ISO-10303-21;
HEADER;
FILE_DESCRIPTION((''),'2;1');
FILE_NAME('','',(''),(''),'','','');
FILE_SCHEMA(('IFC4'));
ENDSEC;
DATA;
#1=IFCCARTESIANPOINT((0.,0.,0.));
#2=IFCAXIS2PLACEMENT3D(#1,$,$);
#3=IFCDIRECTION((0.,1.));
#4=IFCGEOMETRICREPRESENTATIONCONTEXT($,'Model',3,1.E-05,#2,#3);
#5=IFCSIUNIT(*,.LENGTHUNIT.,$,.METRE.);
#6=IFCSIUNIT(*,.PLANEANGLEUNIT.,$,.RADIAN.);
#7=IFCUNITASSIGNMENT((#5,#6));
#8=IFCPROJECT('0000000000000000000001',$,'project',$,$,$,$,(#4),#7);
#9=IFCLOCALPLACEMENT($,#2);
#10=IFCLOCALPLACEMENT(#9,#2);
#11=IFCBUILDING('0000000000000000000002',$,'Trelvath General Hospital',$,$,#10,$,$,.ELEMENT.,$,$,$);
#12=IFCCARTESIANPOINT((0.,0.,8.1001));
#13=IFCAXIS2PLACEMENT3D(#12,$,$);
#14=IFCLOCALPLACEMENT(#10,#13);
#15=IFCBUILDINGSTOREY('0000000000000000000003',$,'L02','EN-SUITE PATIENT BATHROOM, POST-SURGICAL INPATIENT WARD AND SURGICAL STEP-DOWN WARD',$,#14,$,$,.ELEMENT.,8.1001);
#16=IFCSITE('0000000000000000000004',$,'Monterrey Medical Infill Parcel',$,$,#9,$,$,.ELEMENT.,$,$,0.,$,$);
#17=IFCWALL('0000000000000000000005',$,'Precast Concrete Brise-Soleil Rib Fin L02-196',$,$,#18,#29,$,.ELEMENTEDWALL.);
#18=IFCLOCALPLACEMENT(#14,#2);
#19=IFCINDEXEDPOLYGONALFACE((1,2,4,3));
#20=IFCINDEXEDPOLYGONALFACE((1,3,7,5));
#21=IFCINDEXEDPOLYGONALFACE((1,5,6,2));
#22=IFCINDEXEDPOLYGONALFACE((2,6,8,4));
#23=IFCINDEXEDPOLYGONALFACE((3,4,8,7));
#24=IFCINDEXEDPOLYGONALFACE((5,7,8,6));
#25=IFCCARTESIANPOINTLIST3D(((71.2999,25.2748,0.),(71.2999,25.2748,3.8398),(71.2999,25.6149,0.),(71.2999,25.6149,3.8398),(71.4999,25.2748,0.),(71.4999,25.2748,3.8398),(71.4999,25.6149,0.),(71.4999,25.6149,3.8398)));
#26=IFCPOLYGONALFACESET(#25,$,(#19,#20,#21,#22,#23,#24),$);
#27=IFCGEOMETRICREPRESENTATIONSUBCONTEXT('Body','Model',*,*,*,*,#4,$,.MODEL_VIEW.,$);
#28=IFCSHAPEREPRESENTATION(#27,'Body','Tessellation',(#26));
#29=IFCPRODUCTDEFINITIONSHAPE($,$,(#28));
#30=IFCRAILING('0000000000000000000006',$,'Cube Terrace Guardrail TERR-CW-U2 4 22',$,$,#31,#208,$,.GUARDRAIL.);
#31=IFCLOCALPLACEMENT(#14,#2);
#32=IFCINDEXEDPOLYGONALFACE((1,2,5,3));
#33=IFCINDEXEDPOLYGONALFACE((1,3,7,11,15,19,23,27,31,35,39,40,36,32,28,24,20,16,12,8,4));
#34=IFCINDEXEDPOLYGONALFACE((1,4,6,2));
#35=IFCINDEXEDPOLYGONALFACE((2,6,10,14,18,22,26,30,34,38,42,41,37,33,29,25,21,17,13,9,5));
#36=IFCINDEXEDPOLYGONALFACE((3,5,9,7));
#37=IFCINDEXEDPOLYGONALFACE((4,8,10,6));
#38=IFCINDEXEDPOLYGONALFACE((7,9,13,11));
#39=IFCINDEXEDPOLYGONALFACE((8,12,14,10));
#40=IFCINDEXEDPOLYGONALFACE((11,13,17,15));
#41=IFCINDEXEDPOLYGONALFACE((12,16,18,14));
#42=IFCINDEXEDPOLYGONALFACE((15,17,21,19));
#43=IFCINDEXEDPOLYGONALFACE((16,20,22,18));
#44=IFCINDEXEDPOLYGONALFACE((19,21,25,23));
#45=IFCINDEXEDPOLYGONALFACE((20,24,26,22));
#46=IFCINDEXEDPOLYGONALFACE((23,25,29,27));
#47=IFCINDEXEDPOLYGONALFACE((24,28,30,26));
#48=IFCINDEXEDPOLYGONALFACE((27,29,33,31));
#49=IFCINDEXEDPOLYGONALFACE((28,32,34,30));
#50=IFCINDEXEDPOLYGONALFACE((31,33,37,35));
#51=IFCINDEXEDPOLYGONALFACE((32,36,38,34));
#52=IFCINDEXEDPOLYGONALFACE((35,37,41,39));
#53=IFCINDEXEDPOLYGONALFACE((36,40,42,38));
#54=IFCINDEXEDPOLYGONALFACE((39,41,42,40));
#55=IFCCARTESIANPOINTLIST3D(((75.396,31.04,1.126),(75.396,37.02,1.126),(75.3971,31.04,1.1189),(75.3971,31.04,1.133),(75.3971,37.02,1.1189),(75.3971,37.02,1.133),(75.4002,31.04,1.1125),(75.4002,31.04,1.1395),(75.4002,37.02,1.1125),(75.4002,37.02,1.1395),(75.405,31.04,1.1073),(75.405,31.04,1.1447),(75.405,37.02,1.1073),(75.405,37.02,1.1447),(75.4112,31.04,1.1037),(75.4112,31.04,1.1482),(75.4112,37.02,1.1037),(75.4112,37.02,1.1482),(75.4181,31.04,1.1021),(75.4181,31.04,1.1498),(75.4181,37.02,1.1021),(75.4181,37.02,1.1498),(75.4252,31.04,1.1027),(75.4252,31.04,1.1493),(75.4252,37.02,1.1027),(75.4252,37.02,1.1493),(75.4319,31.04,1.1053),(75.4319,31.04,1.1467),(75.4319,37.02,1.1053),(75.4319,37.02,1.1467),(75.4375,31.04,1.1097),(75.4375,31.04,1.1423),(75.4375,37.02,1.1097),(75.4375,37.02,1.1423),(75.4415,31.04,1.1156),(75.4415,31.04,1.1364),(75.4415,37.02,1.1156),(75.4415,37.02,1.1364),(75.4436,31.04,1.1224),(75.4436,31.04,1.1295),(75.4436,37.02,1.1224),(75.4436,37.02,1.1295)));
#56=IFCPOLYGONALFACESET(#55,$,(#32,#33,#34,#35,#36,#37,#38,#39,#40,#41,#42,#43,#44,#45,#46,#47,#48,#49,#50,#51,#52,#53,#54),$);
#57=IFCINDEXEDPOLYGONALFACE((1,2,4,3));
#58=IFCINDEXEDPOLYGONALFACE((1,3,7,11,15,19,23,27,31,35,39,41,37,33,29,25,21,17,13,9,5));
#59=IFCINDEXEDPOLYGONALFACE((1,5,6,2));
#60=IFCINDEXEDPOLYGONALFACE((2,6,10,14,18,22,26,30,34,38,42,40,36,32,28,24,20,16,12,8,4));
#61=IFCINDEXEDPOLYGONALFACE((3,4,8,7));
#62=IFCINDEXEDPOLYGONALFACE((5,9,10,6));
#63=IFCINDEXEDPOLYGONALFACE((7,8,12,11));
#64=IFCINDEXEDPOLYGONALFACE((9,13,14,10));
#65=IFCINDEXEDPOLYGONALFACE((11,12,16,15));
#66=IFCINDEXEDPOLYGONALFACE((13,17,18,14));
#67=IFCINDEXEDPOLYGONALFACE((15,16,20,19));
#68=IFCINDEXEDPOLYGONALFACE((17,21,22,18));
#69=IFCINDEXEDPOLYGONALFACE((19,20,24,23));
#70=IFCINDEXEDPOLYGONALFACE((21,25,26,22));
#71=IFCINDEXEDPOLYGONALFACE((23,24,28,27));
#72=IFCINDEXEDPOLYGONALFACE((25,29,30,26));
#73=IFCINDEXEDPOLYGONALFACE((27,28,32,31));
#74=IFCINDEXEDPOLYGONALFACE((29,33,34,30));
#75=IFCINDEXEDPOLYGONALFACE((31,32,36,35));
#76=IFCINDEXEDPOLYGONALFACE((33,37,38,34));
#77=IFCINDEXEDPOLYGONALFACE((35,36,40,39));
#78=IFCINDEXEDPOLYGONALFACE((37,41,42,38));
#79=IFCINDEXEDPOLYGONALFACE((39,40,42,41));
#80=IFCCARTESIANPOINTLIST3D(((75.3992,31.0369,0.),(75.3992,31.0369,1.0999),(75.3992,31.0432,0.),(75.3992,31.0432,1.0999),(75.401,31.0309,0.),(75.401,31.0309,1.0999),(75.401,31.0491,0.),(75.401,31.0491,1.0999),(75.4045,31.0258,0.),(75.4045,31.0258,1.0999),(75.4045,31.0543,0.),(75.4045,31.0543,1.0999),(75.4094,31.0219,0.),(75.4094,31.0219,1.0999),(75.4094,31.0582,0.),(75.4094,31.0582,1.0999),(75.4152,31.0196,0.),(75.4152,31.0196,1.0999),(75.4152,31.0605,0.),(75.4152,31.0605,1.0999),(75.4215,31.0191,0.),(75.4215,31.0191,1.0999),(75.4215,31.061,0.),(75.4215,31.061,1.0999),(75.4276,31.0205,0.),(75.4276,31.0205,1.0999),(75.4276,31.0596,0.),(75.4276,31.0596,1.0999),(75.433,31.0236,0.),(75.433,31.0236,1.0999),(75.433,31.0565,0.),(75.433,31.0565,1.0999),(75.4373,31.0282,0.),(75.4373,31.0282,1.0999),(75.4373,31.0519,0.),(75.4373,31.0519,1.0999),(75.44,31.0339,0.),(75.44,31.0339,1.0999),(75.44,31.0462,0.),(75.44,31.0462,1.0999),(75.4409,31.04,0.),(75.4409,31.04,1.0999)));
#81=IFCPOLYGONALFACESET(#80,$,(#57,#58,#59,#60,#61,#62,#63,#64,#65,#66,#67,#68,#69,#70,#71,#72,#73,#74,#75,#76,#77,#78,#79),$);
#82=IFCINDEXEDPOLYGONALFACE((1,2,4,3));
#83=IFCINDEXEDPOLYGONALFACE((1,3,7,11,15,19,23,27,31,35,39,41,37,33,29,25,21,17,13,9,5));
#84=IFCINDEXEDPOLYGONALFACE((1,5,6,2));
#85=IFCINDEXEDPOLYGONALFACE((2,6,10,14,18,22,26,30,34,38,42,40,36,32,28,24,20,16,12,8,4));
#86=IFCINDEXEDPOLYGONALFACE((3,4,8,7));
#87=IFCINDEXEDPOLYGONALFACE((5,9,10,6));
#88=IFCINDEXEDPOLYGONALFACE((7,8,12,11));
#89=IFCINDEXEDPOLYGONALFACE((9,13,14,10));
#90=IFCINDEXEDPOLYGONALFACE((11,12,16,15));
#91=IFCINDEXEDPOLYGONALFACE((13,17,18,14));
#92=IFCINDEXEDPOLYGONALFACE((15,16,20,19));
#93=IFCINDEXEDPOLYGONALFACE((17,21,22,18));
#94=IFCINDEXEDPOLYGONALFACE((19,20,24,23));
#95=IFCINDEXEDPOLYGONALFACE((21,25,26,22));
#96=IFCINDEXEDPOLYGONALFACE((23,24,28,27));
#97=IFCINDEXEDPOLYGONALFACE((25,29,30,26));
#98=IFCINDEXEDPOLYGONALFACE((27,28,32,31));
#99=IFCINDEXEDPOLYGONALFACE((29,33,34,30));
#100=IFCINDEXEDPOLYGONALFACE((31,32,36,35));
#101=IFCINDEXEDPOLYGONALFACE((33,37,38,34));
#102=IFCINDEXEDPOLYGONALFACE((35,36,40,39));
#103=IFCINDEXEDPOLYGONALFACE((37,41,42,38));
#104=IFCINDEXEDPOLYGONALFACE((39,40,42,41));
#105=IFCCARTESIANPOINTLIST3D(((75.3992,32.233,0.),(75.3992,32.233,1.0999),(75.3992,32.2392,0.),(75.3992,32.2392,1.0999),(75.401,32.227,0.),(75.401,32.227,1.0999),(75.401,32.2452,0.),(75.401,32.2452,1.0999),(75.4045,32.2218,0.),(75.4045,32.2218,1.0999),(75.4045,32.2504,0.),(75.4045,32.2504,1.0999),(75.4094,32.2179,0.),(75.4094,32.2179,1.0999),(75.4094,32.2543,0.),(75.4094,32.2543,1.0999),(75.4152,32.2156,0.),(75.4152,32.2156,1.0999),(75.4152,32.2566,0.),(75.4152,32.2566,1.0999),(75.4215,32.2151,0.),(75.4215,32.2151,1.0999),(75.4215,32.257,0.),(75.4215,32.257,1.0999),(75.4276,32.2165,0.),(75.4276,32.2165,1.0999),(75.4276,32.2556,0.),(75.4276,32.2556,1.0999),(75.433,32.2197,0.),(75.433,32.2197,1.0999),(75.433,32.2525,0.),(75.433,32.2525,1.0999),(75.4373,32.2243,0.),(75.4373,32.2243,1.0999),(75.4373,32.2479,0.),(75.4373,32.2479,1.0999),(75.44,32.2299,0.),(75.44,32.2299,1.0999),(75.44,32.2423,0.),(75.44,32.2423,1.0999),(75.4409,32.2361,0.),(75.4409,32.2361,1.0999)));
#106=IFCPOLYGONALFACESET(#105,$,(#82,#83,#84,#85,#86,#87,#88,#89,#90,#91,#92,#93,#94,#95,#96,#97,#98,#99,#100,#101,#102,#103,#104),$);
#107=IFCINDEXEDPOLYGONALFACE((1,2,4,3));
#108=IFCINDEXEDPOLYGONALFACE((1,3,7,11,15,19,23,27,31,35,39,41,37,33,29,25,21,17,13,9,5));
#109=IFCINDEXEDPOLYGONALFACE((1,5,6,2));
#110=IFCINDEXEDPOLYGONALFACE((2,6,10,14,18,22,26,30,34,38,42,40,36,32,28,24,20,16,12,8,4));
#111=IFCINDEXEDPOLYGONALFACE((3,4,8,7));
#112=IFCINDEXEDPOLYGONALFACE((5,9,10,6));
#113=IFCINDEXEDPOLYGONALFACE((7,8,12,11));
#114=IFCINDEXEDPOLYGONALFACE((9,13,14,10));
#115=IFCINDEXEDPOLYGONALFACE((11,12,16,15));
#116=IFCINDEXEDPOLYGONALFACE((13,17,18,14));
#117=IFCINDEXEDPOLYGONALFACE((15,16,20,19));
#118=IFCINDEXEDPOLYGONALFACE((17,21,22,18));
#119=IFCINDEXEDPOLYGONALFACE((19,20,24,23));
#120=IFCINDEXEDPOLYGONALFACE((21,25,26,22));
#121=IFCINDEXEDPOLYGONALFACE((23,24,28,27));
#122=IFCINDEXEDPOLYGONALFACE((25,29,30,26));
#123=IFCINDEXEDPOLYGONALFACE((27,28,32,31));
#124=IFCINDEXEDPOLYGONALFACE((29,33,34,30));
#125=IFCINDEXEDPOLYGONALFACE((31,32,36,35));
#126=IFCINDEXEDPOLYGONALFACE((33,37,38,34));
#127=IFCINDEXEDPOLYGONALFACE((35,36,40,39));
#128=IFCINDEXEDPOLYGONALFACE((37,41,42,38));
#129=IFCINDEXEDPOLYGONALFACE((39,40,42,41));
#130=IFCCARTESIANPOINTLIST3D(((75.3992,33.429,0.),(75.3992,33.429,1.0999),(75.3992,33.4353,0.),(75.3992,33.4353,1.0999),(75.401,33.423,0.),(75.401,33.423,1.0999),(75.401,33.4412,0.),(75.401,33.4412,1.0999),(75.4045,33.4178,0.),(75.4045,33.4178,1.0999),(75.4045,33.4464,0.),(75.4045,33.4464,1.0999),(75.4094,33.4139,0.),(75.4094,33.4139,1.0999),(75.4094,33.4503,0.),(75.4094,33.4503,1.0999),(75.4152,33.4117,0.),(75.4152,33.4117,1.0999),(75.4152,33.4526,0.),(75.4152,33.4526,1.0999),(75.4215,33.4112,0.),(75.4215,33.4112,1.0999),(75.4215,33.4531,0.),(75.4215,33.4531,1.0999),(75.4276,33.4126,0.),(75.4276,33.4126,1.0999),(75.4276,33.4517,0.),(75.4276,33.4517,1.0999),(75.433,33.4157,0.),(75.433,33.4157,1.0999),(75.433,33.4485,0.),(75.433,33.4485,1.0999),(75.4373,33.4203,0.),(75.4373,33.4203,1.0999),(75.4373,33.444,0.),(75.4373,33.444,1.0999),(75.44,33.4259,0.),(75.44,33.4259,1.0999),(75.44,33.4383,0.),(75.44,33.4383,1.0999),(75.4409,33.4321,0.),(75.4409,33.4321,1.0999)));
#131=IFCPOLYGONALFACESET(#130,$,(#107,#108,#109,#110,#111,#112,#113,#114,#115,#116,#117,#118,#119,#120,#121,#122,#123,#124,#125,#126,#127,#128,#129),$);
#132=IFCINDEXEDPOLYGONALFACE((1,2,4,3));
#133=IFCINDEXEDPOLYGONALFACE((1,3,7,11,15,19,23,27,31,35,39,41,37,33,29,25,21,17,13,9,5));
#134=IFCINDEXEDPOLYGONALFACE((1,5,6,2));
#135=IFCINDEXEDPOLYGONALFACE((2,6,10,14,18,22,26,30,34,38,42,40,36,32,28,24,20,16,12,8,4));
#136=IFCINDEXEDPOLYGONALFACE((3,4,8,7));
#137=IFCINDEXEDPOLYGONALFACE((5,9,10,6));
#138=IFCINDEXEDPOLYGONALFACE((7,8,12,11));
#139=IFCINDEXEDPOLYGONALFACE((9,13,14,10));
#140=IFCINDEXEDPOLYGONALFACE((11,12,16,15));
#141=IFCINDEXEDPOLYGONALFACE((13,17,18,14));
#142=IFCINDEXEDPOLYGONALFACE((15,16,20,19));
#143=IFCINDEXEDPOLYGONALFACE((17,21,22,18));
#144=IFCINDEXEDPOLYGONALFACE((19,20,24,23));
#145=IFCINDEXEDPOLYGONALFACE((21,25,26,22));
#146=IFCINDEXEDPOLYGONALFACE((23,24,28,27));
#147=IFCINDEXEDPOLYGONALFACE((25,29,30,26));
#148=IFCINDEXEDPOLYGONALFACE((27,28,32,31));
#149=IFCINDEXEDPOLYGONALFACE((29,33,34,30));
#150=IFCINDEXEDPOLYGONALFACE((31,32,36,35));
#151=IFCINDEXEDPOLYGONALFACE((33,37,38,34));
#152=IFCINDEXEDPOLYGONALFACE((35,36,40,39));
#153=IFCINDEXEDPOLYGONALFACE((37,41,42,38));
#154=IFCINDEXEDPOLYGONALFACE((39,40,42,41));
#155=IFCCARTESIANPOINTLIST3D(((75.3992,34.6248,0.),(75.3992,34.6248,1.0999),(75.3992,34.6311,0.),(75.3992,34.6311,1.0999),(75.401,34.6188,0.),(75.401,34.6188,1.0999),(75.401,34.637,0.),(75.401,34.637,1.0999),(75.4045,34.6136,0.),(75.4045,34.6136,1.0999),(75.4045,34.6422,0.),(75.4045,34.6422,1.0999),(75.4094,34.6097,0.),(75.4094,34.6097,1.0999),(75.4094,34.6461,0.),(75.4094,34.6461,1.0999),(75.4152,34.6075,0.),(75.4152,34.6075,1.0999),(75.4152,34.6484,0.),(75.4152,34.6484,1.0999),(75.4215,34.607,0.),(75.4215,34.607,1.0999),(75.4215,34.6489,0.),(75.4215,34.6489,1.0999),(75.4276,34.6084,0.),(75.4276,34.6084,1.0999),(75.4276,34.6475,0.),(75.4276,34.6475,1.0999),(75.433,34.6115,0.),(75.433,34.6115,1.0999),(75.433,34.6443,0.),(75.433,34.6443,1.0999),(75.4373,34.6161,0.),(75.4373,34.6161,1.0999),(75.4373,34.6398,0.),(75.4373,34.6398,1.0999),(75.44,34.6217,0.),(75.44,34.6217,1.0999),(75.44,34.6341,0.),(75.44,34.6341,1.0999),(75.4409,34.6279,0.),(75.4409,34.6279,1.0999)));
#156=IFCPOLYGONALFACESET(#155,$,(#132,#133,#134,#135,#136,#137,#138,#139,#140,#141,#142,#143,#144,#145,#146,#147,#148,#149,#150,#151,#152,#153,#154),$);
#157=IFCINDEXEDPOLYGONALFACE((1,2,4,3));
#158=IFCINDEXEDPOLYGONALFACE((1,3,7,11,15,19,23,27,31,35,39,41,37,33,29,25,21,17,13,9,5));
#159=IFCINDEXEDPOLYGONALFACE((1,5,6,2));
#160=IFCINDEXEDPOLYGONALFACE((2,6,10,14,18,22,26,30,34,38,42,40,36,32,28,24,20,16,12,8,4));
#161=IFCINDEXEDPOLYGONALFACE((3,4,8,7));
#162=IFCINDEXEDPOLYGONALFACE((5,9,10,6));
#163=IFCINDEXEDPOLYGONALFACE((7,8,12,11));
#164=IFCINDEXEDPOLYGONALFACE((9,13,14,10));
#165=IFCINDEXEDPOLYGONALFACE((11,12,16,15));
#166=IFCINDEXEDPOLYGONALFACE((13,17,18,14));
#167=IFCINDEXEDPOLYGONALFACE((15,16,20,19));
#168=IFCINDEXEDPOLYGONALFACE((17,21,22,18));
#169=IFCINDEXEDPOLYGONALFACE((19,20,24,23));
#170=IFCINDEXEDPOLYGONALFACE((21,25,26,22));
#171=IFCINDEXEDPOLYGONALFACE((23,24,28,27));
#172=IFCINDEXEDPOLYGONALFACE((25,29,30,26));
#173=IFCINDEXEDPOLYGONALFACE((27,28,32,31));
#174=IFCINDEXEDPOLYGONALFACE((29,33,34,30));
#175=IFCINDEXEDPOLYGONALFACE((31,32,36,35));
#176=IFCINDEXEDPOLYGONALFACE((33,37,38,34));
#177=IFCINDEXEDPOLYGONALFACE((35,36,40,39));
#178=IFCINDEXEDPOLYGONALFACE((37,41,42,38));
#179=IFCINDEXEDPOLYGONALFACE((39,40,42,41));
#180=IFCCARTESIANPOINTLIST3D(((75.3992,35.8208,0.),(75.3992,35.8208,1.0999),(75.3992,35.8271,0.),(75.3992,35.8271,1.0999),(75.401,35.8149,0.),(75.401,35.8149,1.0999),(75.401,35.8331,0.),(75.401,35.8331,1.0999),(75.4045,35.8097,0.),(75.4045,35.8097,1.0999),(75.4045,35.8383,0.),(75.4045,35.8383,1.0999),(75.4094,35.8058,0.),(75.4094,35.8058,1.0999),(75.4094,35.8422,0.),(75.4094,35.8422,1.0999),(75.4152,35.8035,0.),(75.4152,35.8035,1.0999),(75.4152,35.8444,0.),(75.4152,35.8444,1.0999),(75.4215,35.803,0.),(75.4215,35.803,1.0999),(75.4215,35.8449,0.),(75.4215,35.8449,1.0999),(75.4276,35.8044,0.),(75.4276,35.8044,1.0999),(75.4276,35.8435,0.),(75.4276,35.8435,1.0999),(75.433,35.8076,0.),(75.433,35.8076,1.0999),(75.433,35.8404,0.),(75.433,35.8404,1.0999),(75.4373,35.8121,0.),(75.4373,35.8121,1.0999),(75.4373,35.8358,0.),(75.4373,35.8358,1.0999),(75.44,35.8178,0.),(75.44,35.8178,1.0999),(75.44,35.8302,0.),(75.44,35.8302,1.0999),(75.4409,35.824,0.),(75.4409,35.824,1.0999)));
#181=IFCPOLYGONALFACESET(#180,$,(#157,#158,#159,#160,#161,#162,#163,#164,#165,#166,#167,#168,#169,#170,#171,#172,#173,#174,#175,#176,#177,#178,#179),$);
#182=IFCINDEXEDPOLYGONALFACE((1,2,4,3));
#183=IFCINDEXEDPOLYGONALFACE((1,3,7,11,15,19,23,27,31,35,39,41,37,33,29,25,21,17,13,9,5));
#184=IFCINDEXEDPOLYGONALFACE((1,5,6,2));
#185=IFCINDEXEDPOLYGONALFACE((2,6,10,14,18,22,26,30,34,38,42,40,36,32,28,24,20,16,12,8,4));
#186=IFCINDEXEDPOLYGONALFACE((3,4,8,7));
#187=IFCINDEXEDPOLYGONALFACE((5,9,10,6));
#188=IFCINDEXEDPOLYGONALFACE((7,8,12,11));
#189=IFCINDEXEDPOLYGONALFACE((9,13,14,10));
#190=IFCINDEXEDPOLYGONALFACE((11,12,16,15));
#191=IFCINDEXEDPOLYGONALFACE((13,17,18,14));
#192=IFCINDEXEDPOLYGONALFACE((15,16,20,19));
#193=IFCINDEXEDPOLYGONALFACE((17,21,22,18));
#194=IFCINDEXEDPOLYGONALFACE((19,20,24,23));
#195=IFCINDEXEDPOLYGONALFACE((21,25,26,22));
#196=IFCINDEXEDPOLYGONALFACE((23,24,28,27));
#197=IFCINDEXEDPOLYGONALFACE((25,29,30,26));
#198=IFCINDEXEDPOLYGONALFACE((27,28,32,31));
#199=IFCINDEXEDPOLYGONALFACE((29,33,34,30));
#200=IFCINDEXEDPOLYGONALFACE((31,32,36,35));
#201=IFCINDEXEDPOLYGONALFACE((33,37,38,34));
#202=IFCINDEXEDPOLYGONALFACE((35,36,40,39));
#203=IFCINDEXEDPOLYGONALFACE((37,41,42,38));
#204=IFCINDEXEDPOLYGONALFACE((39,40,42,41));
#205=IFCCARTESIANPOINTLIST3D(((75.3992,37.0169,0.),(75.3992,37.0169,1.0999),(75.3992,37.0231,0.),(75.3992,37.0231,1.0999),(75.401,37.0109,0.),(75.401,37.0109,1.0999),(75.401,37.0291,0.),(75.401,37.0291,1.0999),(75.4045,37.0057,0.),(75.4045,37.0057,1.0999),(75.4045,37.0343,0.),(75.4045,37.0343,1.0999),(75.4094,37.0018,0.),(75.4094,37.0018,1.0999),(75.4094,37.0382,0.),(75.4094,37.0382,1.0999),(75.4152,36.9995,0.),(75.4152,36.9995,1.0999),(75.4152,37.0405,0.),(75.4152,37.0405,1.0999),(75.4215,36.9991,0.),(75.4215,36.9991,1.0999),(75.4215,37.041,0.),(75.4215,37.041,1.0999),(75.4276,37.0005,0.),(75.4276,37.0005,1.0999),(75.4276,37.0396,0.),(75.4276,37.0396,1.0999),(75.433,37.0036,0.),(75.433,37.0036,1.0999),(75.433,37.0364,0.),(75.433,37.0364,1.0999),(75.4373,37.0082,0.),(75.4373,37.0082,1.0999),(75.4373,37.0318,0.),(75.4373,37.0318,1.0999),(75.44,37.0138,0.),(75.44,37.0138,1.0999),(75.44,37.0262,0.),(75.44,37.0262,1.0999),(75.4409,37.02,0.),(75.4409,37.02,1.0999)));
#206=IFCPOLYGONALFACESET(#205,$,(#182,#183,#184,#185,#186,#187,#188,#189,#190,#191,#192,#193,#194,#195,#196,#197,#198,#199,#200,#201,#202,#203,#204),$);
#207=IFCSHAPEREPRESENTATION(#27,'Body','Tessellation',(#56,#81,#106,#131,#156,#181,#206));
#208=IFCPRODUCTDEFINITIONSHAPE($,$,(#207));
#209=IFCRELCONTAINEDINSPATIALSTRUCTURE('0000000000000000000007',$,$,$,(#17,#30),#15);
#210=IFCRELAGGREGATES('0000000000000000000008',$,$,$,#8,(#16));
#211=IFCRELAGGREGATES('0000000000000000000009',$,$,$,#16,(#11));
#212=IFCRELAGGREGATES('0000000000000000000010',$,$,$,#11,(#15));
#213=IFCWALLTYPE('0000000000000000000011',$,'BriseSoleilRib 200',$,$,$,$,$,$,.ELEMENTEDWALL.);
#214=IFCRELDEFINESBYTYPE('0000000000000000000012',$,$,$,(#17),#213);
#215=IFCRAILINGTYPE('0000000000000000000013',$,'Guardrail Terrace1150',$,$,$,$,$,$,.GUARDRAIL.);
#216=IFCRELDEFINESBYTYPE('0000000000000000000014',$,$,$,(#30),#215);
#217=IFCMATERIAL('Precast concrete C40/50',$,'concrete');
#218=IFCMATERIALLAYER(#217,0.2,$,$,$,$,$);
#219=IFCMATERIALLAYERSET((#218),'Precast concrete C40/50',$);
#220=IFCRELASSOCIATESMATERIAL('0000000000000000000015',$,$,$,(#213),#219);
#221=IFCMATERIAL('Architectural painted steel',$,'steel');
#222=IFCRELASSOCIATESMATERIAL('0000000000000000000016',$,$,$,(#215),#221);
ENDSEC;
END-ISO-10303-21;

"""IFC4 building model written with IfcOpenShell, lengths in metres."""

from ifc_helpers import new_model, si_unit, direction, frame, frame_2d, origin, origin_2d, place, context, subcontext, project, spatial, rectangle, circle, extrude, material, layer, layer_set, type_object, element, save


model = new_model("IFC4")

# Units and contexts
model_context = context("Model", 3, precision=1e-05, world=origin(), true_north=direction((0.0, 1.0)))
body_context = subcontext(model_context, "Body", "Model", "MODEL_VIEW")
ifc_project = project(units=[si_unit("LENGTHUNIT", "METRE"), si_unit("PLANEANGLEUNIT", "RADIAN")], contexts=[model_context])

# Site, building, storey
site_placement = place(None, origin())
site = spatial("IfcSite", under=ifc_project, at=site_placement, Name="Monterrey Medical Infill Parcel", CompositionType="ELEMENT", RefElevation=0.0)
building_placement = place(site_placement, origin())
building = spatial("IfcBuilding", under=site, at=building_placement, Name="Trelvath General Hospital", CompositionType="ELEMENT")
storey_placement = place(building_placement, frame((0.0, 0.0, 8.1001)))
storey = spatial("IfcBuildingStorey", under=building, at=storey_placement, Name="L02", Description="EN-SUITE PATIENT BATHROOM, POST-SURGICAL INPATIENT WARD AND SURGICAL STEP-DOWN WARD", CompositionType="ELEMENT", Elevation=8.1001)

# Wall
ifc_material_1 = material(Name="Precast concrete C40/50", Category="concrete")
ifc_layer_1 = layer(ifc_material_1, 0.2)
ifc_layer_set_1 = layer_set([ifc_layer_1], Name="Precast concrete C40/50")
wall_type = type_object("IfcWallType", Name="BriseSoleilRib 200", PredefinedType="ELEMENTEDWALL", material=ifc_layer_set_1)
for number, where, z_axis, x_axis, name in (
    (1, (71.3999, 25.2749, 0.0), (0.0, 0.0, 1.0), (0.0, 1.0, 0.0), "Precast Concrete Brise-Soleil Rib Fin L02-196"),
):
    element("IfcWall", number, at=place(storey_placement, frame(where, z_axis=z_axis, x_axis=x_axis)), inside=storey, type_object=wall_type, Name=name, PredefinedType="ELEMENTEDWALL", context=body_context, shape_type="SweptSolid", body=[
        extrude(rectangle(XDim=0.3401, YDim=0.2, at=frame_2d((0.1699, 0.0))), origin(), (0.0, 0.0, 1.0), 3.8398),
    ])

# Railing
ifc_material_2 = material(Name="Architectural painted steel", Category="steel")
railing_type = type_object("IfcRailingType", Name="Guardrail Terrace1150", PredefinedType="GUARDRAIL", material=ifc_material_2)
railing_placement = place(storey_placement, frame((75.4199, 31.04, 0.0)))
element("IfcRailing", 2, at=railing_placement, inside=storey, type_object=railing_type, Name="Cube Terrace Guardrail TERR-CW-U2 4 22", PredefinedType="GUARDRAIL", context=body_context, shape_type="SweptSolid", body=[
    extrude(circle(Radius=0.0239, at=origin_2d()), frame((0.0, 0.0, 1.126), z_axis=(0.0, 1.0, 0.0), x_axis=(-1.0, 0.0, 0.0)), (0.0, 0.0, 1.0), 5.98),
    extrude(circle(Radius=0.021, at=origin_2d()), origin(), (0.0, 0.0, 1.0), 1.0999),
    extrude(circle(Radius=0.021, at=origin_2d()), frame((0.0, 1.196, 0.0)), (0.0, 0.0, 1.0), 1.0999),
    extrude(circle(Radius=0.021, at=origin_2d()), frame((0.0, 2.3921, 0.0)), (0.0, 0.0, 1.0), 1.0999),
    extrude(circle(Radius=0.021, at=origin_2d()), frame((0.0, 3.5879, 0.0)), (0.0, 0.0, 1.0), 1.0999),
    extrude(circle(Radius=0.021, at=origin_2d()), frame((0.0, 4.7839, 0.0)), (0.0, 0.0, 1.0), 1.0999),
    extrude(circle(Radius=0.021, at=origin_2d()), frame((0.0, 5.98, 0.0)), (0.0, 0.0, 1.0), 1.0999),
])

save(model, "model.ifc")
